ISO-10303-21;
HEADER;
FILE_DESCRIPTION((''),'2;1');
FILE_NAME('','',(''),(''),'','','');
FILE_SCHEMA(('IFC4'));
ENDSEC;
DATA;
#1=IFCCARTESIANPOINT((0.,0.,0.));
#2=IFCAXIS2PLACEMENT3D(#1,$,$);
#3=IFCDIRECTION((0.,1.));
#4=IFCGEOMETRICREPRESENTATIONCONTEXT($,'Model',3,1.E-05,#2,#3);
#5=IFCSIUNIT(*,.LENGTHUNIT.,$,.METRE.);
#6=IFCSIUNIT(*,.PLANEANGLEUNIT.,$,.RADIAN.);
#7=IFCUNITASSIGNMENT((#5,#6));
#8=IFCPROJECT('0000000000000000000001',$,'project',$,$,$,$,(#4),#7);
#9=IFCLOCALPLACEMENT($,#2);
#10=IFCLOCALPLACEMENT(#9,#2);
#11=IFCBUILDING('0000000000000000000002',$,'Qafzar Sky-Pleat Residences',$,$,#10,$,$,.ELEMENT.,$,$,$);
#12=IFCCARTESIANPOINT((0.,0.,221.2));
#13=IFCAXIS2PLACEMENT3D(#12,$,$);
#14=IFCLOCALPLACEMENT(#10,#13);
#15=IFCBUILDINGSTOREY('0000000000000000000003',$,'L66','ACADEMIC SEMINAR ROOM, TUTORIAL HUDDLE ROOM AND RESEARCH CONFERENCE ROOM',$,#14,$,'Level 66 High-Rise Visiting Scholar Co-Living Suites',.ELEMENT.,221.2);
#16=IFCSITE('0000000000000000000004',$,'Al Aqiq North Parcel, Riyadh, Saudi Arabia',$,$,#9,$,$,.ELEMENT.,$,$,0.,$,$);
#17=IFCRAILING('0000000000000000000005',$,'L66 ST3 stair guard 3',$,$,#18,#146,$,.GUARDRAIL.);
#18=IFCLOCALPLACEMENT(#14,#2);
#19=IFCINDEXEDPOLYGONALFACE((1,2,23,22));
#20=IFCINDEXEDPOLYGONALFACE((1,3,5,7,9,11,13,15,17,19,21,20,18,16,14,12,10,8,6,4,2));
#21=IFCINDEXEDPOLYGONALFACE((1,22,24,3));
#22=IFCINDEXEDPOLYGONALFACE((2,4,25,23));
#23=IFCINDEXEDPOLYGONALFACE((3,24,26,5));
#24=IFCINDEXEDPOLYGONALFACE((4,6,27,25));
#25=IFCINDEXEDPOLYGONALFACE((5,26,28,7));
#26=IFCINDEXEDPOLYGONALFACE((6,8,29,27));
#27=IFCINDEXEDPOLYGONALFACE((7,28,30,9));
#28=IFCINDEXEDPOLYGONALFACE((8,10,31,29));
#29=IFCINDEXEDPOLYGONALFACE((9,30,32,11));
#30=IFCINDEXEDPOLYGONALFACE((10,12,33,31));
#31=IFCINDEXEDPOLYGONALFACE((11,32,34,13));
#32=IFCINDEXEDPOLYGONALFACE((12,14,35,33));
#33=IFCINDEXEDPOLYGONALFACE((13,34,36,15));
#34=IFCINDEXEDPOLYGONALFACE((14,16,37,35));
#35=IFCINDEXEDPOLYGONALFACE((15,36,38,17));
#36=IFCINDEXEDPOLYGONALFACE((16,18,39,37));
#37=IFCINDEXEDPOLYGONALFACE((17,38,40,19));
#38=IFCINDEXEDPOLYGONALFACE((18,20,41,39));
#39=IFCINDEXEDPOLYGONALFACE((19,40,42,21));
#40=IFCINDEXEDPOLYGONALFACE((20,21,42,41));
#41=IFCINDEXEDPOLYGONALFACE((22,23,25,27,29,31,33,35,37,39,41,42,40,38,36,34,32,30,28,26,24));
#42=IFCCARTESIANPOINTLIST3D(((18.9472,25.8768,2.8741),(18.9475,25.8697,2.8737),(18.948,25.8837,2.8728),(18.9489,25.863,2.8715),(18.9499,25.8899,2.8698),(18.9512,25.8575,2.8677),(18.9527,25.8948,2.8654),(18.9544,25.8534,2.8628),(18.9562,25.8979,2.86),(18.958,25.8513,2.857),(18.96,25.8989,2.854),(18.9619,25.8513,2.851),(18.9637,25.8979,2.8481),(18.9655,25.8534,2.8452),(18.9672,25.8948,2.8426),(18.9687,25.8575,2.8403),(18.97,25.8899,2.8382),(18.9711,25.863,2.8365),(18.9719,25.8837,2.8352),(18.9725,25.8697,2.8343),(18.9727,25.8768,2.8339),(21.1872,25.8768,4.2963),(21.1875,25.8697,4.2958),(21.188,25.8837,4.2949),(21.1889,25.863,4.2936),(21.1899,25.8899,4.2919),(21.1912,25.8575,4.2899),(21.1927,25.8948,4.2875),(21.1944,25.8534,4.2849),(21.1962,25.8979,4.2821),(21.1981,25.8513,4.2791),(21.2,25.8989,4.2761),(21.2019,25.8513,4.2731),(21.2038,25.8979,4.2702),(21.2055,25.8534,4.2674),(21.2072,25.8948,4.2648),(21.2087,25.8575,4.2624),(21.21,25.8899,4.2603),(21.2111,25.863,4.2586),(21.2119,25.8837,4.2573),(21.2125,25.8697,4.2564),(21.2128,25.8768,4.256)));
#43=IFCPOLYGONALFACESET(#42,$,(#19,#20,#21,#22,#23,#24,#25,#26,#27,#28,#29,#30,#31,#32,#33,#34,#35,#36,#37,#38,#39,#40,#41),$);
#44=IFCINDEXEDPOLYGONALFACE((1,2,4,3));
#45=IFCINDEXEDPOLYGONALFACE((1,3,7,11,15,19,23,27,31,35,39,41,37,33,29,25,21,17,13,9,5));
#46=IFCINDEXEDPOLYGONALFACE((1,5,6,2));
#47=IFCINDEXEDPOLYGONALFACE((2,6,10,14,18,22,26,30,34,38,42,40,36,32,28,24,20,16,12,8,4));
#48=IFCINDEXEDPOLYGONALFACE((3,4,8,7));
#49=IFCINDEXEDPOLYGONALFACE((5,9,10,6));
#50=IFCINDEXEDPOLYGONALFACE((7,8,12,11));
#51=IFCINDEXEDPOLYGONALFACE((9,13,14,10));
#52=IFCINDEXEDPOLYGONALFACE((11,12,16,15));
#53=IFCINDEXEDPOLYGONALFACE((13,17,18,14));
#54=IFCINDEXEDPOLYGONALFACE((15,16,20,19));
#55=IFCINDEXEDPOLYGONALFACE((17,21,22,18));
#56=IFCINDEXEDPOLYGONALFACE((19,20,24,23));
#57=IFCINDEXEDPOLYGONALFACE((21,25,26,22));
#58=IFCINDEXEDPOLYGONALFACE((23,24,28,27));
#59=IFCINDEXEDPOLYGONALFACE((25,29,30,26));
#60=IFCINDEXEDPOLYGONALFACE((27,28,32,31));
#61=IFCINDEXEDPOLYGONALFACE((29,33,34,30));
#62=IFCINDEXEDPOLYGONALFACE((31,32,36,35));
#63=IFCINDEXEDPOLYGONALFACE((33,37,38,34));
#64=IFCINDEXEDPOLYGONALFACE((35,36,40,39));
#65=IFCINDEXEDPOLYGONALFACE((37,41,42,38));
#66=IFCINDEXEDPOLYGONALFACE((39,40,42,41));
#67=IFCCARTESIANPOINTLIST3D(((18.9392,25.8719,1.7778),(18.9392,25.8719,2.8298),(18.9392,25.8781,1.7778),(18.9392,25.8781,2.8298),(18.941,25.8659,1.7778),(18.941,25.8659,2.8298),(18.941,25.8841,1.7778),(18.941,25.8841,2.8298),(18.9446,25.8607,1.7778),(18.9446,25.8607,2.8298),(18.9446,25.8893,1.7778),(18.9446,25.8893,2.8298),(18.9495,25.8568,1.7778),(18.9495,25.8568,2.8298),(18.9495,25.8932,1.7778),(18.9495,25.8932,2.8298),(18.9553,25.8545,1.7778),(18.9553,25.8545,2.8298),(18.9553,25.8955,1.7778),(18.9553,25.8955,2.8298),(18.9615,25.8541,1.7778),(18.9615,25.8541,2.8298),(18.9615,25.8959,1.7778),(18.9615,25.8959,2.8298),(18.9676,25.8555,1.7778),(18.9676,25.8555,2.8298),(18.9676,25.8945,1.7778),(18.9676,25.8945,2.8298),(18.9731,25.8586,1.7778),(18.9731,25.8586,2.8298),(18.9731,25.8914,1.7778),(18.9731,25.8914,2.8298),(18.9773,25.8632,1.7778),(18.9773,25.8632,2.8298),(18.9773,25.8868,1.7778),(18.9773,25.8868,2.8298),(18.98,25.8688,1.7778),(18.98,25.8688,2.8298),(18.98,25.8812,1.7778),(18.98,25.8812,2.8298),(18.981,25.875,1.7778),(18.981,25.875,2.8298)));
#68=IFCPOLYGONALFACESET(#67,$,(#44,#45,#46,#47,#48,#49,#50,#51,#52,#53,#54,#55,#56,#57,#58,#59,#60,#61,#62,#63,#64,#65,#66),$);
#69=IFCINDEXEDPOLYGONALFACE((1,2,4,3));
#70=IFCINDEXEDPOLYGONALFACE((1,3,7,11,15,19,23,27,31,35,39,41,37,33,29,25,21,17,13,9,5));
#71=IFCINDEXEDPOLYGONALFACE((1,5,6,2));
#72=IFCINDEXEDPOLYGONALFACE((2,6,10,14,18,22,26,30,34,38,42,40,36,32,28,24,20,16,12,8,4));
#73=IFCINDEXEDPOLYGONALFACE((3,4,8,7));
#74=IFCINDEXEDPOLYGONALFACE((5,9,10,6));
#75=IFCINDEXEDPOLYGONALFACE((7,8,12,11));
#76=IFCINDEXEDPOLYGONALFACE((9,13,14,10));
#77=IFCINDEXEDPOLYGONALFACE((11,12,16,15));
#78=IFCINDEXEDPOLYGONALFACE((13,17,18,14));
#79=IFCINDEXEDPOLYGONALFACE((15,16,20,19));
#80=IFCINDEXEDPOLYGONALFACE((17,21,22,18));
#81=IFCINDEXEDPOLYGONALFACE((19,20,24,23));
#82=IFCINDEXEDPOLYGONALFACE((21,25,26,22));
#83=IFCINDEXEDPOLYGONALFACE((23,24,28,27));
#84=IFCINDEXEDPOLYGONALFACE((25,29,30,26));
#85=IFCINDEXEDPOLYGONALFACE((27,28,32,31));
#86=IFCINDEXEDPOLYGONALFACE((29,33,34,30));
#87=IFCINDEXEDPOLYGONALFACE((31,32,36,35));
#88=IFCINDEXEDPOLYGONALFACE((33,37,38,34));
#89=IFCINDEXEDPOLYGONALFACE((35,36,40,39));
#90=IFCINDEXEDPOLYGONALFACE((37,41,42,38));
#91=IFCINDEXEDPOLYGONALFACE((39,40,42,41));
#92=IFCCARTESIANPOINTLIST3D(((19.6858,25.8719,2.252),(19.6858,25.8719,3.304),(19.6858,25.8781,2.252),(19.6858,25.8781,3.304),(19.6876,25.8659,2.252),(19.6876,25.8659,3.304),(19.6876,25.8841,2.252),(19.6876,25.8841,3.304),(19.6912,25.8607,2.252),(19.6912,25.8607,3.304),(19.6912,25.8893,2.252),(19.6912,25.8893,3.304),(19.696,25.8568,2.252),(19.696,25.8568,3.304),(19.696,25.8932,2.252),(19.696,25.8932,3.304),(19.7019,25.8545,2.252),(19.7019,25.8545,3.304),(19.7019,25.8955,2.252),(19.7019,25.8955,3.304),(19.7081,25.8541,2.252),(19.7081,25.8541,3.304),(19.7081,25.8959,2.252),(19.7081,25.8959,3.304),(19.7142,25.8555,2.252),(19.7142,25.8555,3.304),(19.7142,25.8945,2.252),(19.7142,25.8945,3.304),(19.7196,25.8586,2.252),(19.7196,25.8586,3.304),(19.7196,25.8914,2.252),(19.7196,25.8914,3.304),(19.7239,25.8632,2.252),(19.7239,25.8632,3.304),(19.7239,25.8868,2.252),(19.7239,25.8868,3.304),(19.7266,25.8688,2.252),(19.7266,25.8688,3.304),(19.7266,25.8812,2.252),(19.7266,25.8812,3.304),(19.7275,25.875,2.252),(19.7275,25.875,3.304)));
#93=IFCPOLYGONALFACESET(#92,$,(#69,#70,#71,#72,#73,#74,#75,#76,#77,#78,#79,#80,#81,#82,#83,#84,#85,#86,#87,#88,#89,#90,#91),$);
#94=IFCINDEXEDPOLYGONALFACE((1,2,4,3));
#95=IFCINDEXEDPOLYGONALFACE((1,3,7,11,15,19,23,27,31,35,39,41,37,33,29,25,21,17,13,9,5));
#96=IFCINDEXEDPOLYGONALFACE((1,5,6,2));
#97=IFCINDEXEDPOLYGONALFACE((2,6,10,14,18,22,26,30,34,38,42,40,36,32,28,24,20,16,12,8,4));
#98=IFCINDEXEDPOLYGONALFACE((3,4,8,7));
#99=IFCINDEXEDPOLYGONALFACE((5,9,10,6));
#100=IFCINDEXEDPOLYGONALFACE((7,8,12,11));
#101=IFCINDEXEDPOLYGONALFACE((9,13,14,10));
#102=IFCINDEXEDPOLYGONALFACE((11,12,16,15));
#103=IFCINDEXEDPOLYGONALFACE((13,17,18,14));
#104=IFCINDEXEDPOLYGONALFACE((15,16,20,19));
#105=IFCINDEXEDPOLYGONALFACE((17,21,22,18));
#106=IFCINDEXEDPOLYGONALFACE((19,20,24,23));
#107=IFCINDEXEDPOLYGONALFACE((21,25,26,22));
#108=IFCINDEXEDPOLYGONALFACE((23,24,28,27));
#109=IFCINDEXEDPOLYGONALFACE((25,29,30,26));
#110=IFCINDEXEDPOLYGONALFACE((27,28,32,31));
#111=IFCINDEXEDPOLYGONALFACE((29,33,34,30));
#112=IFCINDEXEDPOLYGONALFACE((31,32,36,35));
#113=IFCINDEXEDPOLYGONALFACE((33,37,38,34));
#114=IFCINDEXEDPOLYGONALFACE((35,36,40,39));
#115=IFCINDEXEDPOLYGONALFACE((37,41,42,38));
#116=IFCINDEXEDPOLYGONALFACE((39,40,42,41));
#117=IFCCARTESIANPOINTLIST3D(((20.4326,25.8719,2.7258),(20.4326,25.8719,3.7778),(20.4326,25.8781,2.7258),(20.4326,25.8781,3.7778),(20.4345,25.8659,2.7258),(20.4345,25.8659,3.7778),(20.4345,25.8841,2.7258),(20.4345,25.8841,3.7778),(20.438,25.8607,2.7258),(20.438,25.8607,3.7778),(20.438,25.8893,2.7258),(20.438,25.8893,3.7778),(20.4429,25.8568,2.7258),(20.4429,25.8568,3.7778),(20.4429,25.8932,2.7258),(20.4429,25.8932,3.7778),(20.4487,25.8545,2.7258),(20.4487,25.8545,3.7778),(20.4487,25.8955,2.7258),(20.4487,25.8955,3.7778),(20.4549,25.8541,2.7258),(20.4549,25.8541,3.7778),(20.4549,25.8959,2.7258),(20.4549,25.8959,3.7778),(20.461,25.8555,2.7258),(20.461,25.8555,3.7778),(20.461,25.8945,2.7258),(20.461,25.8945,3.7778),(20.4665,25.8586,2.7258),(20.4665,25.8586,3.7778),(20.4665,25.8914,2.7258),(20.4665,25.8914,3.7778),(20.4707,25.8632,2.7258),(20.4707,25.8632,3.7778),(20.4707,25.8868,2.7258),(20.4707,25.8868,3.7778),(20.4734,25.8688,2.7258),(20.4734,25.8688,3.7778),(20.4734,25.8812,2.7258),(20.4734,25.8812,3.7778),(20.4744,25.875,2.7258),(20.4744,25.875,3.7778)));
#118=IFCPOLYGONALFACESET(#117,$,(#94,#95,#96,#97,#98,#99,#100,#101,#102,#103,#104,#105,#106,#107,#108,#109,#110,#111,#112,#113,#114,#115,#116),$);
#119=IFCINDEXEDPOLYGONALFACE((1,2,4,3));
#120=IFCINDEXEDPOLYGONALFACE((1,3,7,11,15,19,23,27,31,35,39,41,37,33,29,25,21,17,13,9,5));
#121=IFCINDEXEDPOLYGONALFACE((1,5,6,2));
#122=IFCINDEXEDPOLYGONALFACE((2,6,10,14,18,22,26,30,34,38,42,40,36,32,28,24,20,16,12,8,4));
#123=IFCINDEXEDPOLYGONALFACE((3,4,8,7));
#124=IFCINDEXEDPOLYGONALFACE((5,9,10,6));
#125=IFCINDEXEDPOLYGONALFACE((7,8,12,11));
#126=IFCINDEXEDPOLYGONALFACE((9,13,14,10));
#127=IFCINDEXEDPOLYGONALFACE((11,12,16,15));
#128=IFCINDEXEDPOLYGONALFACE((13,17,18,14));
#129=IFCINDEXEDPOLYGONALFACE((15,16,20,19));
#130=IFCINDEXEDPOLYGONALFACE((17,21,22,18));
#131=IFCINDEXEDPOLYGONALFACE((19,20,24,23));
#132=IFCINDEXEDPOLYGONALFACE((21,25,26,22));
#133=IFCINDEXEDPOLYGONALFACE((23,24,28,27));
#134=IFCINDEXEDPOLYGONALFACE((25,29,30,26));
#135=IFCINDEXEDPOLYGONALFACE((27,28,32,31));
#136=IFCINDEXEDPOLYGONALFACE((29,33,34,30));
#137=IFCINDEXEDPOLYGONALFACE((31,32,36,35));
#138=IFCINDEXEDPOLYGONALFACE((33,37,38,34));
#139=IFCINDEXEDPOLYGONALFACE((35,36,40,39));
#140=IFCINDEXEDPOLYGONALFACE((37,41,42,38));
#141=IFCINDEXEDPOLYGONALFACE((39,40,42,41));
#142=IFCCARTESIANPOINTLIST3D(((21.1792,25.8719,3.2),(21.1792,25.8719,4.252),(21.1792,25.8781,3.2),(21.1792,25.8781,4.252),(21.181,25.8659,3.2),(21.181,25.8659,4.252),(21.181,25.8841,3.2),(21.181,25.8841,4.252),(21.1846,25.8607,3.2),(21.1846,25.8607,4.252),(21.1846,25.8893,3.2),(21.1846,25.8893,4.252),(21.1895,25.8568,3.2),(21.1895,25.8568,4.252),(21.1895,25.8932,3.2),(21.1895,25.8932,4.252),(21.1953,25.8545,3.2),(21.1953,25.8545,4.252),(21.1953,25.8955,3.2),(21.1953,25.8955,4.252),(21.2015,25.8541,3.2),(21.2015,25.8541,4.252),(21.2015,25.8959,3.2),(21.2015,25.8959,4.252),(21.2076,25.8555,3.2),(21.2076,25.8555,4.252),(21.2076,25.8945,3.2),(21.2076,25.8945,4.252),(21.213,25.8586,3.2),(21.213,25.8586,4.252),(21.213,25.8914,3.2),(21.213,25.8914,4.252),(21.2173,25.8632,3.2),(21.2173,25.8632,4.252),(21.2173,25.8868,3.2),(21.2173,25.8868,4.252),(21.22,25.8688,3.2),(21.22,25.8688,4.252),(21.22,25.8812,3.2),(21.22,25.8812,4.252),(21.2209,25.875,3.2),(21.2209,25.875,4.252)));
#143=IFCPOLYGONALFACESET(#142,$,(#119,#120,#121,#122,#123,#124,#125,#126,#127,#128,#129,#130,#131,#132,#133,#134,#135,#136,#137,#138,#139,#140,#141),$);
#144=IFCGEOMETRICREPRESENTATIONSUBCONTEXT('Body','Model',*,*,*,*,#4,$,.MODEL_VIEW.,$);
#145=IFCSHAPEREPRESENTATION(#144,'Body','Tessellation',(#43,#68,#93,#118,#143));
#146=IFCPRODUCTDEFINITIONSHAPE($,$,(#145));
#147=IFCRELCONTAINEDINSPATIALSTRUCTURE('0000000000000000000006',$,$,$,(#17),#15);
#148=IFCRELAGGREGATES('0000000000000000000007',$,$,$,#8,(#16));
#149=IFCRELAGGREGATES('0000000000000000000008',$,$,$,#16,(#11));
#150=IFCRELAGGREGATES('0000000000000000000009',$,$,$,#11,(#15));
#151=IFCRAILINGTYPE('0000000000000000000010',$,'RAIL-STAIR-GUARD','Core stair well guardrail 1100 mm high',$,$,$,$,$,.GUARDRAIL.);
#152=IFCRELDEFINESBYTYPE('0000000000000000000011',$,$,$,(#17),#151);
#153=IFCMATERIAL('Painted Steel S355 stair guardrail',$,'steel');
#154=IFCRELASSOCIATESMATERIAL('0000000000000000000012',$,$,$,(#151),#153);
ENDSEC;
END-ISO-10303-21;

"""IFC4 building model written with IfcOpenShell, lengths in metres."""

from ifc_helpers import new_model, si_unit, direction, frame, origin, origin_2d, place, context, subcontext, project, spatial, circle, extrude, source, transform, mapped, material, type_object, element, save


model = new_model("IFC4")

# Units and contexts
model_context = context("Model", 3, precision=1e-05, world=origin(), true_north=direction((0.0, 1.0)))
body_context = subcontext(model_context, "Body", "Model", "MODEL_VIEW")
ifc_project = project(units=[si_unit("LENGTHUNIT", "METRE"), si_unit("PLANEANGLEUNIT", "RADIAN")], contexts=[model_context])

# Site, building, storey
site_placement = place(None, origin())
site = spatial("IfcSite", under=ifc_project, at=site_placement, Name="Al Aqiq North Parcel, Riyadh, Saudi Arabia", CompositionType="ELEMENT", RefElevation=0.0)
building_placement = place(site_placement, origin())
building = spatial("IfcBuilding", under=site, at=building_placement, Name="Qafzar Sky-Pleat Residences", CompositionType="ELEMENT")
storey_placement = place(building_placement, frame((0.0, 0.0, 221.2)))
storey = spatial("IfcBuildingStorey", under=building, at=storey_placement, Name="L66", Description="ACADEMIC SEMINAR ROOM, TUTORIAL HUDDLE ROOM AND RESEARCH CONFERENCE ROOM", LongName="Level 66 High-Rise Visiting Scholar Co-Living Suites", CompositionType="ELEMENT", Elevation=221.2)

# Railing
ifc_material_1 = material(Name="Painted Steel S355 stair guardrail", Category="steel")
railing_type_1 = type_object("IfcRailingType", Name="RAIL-STAIR-GUARD", Description="Core stair well guardrail 1100 mm high", PredefinedType="GUARDRAIL", material=ifc_material_1)
shared_shape_1 = source(origin(), body_context, "Body", "SweptSolid", [
    extrude(circle(Radius=0.0239, at=origin_2d()), frame((0.0, 0.0, 1.0762), z_axis=(0.844229, 0.0, 0.535982), x_axis=(0.0, 1.0, 0.0)), (0.0, 0.0, 1.0), 2.6533),
    extrude(circle(Radius=0.021, at=origin_2d()), origin(), (0.0, 0.0, 1.0), 1.052),
    extrude(circle(Radius=0.021, at=origin_2d()), frame((0.7466, 0.0, 0.4741)), (0.0, 0.0, 1.0), 1.052),
    extrude(circle(Radius=0.021, at=origin_2d()), frame((1.4934, 0.0, 0.948)), (0.0, 0.0, 1.0), 1.052),
    extrude(circle(Radius=0.021, at=origin_2d()), frame((2.24, 0.0, 1.4221)), (0.0, 0.0, 1.0), 1.052),
])
railing_1_placement = place(storey_placement, frame((18.96, 25.875, 1.7778)))
element("IfcRailing", 1, at=railing_1_placement, inside=storey, type_object=railing_type_1, Name="L66 ST3 stair guard 3", PredefinedType="GUARDRAIL", context=body_context, shape_type="MappedRepresentation", body=[
    mapped(shared_shape_1, transform((0.0, 0.0, 0.0), x_axis=(1.0, 0.0, 0.0), y_axis=(0.0, 1.0, 0.0), z_axis=(0.0, 0.0, 1.0), scale=1.0)),
])

save(model, "model.ifc")
